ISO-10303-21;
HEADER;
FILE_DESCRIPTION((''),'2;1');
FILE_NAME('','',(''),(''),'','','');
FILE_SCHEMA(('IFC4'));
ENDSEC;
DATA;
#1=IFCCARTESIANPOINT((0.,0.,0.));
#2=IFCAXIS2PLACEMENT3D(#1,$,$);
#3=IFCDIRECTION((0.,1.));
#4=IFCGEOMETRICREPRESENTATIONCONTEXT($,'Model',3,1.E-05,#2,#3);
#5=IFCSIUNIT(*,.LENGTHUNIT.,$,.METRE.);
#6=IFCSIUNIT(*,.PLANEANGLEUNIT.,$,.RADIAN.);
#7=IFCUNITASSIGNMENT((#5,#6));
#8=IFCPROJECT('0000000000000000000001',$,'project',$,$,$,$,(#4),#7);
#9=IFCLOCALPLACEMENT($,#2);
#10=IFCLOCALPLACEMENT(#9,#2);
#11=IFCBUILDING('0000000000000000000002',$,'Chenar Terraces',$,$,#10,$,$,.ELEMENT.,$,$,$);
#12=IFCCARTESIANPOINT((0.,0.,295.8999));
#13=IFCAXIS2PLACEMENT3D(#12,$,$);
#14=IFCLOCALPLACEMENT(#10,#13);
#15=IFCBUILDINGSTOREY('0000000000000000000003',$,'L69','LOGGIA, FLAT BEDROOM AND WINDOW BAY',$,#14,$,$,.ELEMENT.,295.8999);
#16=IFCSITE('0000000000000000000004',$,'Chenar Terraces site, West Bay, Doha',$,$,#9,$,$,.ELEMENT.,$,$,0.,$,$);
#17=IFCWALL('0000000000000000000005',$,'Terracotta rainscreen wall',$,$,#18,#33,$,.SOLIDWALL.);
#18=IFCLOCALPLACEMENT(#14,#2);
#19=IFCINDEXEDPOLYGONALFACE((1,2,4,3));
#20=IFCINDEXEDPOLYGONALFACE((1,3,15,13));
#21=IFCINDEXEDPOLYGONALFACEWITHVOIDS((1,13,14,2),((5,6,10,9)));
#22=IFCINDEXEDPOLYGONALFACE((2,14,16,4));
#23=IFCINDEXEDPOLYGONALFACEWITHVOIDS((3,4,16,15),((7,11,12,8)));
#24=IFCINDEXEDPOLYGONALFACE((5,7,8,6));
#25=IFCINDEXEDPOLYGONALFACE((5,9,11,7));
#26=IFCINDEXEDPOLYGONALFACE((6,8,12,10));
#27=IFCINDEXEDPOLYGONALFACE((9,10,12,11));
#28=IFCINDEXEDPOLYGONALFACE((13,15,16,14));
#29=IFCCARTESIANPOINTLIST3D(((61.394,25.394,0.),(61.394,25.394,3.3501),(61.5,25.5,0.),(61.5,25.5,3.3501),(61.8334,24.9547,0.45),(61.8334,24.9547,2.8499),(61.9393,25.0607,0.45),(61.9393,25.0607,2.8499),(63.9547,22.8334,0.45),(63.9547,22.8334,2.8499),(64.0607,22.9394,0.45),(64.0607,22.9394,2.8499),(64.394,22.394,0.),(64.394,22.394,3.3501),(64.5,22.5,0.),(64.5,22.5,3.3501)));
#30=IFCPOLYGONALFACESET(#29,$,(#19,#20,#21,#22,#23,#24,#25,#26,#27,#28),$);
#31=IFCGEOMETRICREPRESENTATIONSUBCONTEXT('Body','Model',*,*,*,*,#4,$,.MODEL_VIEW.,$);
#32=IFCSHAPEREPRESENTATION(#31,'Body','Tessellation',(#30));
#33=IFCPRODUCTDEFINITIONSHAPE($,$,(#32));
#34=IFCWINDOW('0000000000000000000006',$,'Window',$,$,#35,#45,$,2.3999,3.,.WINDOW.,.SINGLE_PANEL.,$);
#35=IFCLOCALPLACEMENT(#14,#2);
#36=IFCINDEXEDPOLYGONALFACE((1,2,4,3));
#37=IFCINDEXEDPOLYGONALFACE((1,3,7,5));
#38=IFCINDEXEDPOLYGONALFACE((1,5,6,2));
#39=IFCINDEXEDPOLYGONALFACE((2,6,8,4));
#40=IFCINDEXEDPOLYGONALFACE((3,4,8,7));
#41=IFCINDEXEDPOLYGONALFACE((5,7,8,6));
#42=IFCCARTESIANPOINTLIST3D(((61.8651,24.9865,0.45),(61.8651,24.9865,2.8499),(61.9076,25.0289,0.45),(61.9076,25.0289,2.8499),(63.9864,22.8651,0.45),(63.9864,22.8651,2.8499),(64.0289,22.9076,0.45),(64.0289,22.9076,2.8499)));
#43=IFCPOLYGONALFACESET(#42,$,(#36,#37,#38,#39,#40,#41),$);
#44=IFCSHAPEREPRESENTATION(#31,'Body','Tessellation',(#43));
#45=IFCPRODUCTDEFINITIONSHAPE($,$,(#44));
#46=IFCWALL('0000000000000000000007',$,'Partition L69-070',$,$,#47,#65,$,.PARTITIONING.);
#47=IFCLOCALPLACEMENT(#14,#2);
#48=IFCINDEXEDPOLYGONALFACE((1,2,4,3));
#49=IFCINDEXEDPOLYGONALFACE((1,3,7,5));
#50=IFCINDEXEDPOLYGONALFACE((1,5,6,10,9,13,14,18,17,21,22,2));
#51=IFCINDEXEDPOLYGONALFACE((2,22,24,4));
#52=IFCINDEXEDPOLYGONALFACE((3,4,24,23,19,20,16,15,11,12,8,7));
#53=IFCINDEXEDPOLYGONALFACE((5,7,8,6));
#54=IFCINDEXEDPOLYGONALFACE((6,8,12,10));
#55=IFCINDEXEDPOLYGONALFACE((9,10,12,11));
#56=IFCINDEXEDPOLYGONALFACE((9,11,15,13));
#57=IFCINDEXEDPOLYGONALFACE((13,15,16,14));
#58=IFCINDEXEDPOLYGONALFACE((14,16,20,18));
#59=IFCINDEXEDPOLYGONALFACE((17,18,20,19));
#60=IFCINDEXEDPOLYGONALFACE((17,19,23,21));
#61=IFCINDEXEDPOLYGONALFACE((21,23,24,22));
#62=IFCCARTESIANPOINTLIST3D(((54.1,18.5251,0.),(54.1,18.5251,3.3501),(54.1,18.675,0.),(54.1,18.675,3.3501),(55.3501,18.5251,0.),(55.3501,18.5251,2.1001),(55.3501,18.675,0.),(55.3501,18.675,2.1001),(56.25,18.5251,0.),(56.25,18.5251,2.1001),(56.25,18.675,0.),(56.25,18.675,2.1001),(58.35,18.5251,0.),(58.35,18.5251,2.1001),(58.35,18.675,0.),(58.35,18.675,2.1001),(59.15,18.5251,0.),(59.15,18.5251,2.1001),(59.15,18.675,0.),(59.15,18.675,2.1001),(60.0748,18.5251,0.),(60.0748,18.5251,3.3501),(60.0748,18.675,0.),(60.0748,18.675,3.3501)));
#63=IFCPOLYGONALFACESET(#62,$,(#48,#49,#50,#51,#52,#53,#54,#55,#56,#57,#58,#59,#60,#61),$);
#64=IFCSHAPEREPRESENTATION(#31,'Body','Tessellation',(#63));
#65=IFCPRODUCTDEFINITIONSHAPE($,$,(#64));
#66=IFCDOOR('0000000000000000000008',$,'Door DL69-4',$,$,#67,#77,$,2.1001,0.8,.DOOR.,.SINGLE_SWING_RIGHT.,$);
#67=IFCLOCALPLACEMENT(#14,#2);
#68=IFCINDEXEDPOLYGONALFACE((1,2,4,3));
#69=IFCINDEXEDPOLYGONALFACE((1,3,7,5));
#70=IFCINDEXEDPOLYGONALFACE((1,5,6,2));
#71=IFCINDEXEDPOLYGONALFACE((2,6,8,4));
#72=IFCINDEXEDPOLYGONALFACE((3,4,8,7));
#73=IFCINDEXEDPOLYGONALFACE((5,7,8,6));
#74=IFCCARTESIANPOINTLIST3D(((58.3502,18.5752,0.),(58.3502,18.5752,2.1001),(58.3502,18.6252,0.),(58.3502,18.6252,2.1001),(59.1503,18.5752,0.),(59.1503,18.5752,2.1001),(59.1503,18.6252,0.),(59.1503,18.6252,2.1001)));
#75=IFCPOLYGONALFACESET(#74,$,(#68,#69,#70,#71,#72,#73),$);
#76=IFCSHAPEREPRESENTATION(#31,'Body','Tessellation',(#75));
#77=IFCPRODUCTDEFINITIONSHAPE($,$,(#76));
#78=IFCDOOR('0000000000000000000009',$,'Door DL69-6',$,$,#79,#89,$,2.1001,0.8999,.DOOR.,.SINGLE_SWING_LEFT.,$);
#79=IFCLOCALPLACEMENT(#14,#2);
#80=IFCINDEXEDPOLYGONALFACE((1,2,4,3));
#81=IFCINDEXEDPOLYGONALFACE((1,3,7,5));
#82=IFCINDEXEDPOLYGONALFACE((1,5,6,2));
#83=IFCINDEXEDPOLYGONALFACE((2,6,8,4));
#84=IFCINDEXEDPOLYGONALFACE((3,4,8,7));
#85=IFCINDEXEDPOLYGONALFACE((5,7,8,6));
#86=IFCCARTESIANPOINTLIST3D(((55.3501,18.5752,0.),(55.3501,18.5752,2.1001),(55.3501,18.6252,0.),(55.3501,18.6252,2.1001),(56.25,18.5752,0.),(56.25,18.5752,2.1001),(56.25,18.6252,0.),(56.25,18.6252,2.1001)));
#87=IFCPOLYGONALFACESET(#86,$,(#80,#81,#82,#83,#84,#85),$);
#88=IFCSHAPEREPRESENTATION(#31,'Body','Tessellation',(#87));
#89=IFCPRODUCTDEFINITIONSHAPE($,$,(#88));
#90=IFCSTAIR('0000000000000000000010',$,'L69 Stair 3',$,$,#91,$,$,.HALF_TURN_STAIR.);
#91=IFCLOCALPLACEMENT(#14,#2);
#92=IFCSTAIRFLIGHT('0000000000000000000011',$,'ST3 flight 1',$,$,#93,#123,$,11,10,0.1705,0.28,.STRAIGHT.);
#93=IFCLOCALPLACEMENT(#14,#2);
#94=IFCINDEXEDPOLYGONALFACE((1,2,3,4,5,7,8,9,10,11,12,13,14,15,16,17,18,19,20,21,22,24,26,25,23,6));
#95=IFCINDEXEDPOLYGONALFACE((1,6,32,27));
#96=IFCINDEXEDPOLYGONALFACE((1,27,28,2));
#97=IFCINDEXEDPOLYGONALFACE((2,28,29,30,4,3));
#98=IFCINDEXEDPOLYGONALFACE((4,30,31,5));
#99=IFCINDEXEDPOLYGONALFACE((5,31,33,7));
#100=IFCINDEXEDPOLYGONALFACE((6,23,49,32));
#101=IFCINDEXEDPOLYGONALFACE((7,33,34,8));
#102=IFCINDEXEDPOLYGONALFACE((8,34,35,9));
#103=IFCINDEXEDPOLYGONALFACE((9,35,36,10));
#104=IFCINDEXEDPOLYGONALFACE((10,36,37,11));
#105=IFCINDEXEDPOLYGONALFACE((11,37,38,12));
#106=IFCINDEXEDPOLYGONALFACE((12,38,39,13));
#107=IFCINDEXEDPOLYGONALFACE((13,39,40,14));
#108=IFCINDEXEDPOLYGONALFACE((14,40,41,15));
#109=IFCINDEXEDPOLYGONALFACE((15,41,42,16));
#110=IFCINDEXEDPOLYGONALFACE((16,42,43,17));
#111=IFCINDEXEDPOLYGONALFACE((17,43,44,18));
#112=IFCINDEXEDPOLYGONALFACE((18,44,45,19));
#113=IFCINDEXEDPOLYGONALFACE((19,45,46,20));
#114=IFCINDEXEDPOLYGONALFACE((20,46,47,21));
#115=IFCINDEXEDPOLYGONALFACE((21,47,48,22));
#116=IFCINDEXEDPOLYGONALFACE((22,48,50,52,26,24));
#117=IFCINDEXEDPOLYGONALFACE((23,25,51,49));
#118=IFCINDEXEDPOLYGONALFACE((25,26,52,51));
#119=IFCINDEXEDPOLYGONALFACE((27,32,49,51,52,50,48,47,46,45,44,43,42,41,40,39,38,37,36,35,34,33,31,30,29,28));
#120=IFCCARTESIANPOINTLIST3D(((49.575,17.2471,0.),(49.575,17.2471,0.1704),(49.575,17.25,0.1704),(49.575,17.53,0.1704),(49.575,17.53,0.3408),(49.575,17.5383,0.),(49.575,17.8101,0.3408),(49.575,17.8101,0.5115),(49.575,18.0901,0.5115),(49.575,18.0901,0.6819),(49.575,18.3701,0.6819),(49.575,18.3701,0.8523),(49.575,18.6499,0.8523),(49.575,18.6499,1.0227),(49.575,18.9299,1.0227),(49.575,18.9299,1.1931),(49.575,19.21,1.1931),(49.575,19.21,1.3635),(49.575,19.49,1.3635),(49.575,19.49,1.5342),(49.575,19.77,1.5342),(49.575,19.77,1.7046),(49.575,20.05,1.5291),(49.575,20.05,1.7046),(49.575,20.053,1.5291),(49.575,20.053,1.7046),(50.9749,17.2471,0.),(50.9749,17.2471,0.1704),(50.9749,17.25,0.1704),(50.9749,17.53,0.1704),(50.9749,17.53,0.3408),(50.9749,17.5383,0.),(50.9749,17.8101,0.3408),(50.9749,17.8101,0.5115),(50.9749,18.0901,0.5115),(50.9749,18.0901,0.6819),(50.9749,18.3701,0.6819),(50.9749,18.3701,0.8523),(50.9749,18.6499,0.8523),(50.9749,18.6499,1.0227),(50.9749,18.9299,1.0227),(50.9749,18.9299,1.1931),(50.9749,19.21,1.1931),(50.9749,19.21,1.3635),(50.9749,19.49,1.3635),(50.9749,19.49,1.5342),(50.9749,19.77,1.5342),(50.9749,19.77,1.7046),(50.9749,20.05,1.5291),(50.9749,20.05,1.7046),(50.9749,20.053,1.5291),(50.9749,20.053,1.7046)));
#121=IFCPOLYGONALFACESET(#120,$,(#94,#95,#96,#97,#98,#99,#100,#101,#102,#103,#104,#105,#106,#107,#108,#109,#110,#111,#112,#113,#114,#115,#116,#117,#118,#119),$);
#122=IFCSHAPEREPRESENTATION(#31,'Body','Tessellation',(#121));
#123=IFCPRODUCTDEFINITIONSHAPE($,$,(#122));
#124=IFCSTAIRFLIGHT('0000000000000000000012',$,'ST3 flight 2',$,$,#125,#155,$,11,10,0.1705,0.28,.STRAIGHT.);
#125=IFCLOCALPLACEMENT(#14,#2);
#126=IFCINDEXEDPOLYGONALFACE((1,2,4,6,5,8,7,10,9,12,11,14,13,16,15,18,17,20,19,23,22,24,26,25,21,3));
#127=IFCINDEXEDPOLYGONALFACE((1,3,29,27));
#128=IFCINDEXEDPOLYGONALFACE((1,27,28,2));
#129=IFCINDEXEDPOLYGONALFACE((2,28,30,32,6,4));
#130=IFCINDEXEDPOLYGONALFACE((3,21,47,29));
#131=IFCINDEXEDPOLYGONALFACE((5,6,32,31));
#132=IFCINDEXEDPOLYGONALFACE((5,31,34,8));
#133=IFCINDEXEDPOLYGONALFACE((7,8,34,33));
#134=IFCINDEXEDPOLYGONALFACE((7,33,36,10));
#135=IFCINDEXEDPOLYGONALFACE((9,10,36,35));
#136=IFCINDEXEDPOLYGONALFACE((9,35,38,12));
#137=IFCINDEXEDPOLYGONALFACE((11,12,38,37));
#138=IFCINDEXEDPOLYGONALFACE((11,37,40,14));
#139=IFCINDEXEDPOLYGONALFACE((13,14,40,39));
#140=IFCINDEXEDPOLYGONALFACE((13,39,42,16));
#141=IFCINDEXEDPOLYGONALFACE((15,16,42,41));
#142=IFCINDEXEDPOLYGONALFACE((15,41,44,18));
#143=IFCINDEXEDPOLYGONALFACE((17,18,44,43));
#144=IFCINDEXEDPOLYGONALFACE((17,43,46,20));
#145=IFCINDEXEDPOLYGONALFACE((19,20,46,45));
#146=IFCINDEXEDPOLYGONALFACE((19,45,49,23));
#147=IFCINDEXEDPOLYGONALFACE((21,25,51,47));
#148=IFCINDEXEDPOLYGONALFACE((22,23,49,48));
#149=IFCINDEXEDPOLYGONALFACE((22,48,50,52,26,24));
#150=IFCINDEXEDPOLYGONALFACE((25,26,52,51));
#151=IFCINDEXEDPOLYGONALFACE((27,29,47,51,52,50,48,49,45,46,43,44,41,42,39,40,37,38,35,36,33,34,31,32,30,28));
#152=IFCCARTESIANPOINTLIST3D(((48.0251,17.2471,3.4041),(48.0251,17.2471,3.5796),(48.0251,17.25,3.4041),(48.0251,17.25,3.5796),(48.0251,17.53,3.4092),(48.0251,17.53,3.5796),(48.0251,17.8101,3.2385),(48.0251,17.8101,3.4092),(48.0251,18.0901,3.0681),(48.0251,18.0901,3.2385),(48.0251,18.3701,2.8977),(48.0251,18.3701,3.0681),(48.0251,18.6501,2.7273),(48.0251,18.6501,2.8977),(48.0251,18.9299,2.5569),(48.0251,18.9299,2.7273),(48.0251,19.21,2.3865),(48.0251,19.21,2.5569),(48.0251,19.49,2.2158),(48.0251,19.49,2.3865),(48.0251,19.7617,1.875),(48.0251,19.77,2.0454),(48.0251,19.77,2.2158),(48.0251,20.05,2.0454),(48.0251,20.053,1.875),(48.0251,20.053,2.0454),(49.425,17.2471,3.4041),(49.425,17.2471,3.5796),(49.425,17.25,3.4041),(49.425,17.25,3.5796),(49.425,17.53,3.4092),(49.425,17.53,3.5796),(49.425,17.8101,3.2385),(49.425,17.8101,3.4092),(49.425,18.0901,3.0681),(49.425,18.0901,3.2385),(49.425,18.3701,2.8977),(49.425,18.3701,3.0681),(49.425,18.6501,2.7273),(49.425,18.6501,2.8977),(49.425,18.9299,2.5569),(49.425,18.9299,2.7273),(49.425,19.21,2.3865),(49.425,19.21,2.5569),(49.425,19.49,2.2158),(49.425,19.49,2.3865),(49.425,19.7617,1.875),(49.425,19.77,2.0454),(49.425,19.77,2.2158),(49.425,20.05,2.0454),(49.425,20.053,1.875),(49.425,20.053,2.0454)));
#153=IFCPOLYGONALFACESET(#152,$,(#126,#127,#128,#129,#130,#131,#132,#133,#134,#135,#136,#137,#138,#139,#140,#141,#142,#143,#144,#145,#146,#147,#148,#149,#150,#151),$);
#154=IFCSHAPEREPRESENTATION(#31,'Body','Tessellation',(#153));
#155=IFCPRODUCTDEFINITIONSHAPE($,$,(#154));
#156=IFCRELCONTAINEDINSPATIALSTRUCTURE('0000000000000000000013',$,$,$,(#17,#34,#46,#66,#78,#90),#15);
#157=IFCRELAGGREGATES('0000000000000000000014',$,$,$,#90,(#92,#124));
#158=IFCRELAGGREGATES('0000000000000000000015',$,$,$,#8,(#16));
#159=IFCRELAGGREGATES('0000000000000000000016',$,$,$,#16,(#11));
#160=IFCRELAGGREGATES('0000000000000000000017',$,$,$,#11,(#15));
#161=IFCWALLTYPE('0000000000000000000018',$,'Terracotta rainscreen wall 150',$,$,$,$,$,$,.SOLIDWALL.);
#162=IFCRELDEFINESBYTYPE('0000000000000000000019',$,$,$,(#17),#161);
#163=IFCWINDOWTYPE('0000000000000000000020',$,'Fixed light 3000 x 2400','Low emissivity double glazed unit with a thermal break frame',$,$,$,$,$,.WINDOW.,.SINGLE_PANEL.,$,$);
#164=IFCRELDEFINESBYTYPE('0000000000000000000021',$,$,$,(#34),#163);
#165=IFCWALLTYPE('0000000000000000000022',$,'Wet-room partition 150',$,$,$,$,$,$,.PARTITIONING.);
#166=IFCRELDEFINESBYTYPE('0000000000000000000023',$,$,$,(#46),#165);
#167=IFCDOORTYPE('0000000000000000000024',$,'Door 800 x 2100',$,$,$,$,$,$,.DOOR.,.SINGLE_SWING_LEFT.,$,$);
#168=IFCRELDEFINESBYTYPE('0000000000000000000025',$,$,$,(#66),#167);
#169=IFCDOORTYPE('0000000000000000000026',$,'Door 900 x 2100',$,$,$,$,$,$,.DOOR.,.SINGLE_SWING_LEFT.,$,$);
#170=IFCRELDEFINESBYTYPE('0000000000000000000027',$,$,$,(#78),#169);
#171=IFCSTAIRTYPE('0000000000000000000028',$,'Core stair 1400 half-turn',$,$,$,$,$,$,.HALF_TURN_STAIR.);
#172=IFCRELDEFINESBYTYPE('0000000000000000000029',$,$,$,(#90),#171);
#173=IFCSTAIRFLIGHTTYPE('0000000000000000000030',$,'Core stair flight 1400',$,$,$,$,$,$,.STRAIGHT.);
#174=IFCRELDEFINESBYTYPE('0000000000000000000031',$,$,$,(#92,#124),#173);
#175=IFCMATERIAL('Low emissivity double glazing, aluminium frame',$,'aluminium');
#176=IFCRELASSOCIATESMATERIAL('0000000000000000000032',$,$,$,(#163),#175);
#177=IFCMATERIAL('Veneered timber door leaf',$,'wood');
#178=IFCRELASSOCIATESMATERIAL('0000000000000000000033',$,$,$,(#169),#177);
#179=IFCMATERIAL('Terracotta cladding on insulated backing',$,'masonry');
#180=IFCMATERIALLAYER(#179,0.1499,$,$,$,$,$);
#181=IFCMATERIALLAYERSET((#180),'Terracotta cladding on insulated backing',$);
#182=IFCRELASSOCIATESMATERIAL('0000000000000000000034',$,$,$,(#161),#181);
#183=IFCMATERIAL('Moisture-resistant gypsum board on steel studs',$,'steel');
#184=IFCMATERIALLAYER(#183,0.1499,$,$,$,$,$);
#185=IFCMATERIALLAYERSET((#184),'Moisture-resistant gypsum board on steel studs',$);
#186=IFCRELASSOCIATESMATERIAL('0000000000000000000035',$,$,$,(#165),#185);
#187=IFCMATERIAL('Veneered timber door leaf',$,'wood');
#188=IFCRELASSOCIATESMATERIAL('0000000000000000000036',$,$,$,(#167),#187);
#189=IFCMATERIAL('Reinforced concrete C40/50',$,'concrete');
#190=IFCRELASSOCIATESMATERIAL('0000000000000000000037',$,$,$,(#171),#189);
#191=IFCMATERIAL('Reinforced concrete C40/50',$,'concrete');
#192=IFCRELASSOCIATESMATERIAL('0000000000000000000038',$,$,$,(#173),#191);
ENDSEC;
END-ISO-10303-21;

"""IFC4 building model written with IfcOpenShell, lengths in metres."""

from ifc_helpers import new_model, si_unit, direction, frame, frame_2d, origin, place, context, subcontext, project, spatial, polyline, rectangle, outline, extrude, material, layer, layer_set, type_object, element, fill, aggregate, save


model = new_model("IFC4")

# Units and contexts
model_context = context("Model", 3, precision=1e-05, world=origin(), true_north=direction((0.0, 1.0)))
body_context = subcontext(model_context, "Body", "Model", "MODEL_VIEW")
ifc_project = project(units=[si_unit("LENGTHUNIT", "METRE"), si_unit("PLANEANGLEUNIT", "RADIAN")], contexts=[model_context])

# Site, building, storey
site_placement = place(None, origin())
site = spatial("IfcSite", under=ifc_project, at=site_placement, Name="Chenar Terraces site, West Bay, Doha", CompositionType="ELEMENT", RefElevation=0.0)
building_placement = place(site_placement, origin())
building = spatial("IfcBuilding", under=site, at=building_placement, Name="Chenar Terraces", CompositionType="ELEMENT")
storey_placement = place(building_placement, frame((0.0, 0.0, 295.8999)))
storey = spatial("IfcBuildingStorey", under=building, at=storey_placement, Name="L69", Description="LOGGIA, FLAT BEDROOM AND WINDOW BAY", CompositionType="ELEMENT", Elevation=295.8999)

# Shared definitions
ifc_material_1 = material(Name="Low emissivity double glazing, aluminium frame", Category="aluminium")
window_type_1 = type_object("IfcWindowType", Name="Fixed light 3000 x 2400", Description="Low emissivity double glazed unit with a thermal break frame", PartitioningType="SINGLE_PANEL", PredefinedType="WINDOW", material=ifc_material_1)

# Shared definitions
ifc_material_2 = material(Name="Veneered timber door leaf", Category="wood")
door_type_1 = type_object("IfcDoorType", Name="Door 900 x 2100", OperationType="SINGLE_SWING_LEFT", PredefinedType="DOOR", material=ifc_material_2)

# Wall, opening, window
ifc_material_3 = material(Name="Terracotta cladding on insulated backing", Category="masonry")
ifc_layer_1 = layer(ifc_material_3, 0.1499)
ifc_layer_set_1 = layer_set([ifc_layer_1], Name="Terracotta cladding on insulated backing")
wall_type_1 = type_object("IfcWallType", Name="Terracotta rainscreen wall 150", PredefinedType="SOLIDWALL", material=ifc_layer_set_1)
wall_1_placement = place(storey_placement, frame((64.447, 22.447, 0.0), z_axis=(0.0, 0.0, 1.0), x_axis=(-0.707107, 0.707107, 0.0)))
wall_1 = element("IfcWall", 1, at=wall_1_placement, inside=storey, type_object=wall_type_1, Name="Terracotta rainscreen wall", PredefinedType="SOLIDWALL", context=body_context, shape_type="SweptSolid", body=[
    extrude(rectangle(XDim=4.2427, YDim=0.1499, at=frame_2d((2.1213, 0.0))), origin(), (0.0, 0.0, 1.0), 3.3501),
])
opening_1_placement = place(wall_1_placement, frame((0.6213, 0.0, 0.45)))
opening_1 = element("IfcOpeningElement", 2, at=opening_1_placement, cuts=wall_1, PredefinedType="OPENING", context=body_context, shape_type="SweptSolid", body=[
    extrude(rectangle(XDim=3.0, YDim=2.3999, at=frame_2d((1.5, 1.2))), frame((0.0, 0.085, 0.0), z_axis=(0.0, -1.0, 0.0), x_axis=(1.0, 0.0, 0.0)), (0.0, 0.0, 1.0), 0.1699),
])
window_1_placement = place(opening_1_placement, origin())
window_1 = element("IfcWindow", 3, at=window_1_placement, inside=storey, type_object=window_type_1, Name="Window", OverallHeight=2.3999, OverallWidth=3.0, PartitioningType="SINGLE_PANEL", PredefinedType="WINDOW", context=body_context, shape_type="SweptSolid", body=[
    extrude(rectangle(XDim=3.0, YDim=2.3999, at=frame_2d((1.5, 1.2))), frame((0.0, 0.03, 0.0), z_axis=(0.0, -1.0, 0.0), x_axis=(1.0, 0.0, 0.0)), (0.0, 0.0, 1.0), 0.0601),
])
fill(opening_1, window_1)

# Wall, openings, doors
ifc_material_4 = material(Name="Moisture-resistant gypsum board on steel studs", Category="steel")
ifc_layer_2 = layer(ifc_material_4, 0.1499)
ifc_layer_set_2 = layer_set([ifc_layer_2], Name="Moisture-resistant gypsum board on steel studs")
wall_type_2 = type_object("IfcWallType", Name="Wet-room partition 150", PredefinedType="PARTITIONING", material=ifc_layer_set_2)
wall_2_placement = place(storey_placement, frame((54.1001, 18.6001, 0.0), z_axis=(0.0, 0.0, 1.0), x_axis=(1.0, 0.0, 0.0)))
wall_2 = element("IfcWall", 4, at=wall_2_placement, inside=storey, type_object=wall_type_2, Name="Partition L69-070", PredefinedType="PARTITIONING", context=body_context, shape_type="SweptSolid", body=[
    extrude(rectangle(XDim=5.9749, YDim=0.1499, at=frame_2d((2.9873, 0.0))), origin(), (0.0, 0.0, 1.0), 3.3501),
])
opening_2_placement = place(wall_2_placement, frame((4.25, 0.0, 0.0)))
opening_2 = element("IfcOpeningElement", 5, at=opening_2_placement, cuts=wall_2, PredefinedType="OPENING", context=body_context, shape_type="SweptSolid", body=[
    extrude(rectangle(XDim=0.8, YDim=2.1001, at=frame_2d((0.3999, 1.05))), frame((0.0, 0.085, 0.0), z_axis=(0.0, -1.0, 0.0), x_axis=(1.0, 0.0, 0.0)), (0.0, 0.0, 1.0), 0.1699),
])
opening_3_placement = place(wall_2_placement, frame((1.25, 0.0, 0.0)))
opening_3 = element("IfcOpeningElement", 6, at=opening_3_placement, cuts=wall_2, PredefinedType="OPENING", context=body_context, shape_type="SweptSolid", body=[
    extrude(rectangle(XDim=0.8999, YDim=2.1001, at=frame_2d((0.45, 1.05))), frame((0.0, 0.085, 0.0), z_axis=(0.0, -1.0, 0.0), x_axis=(1.0, 0.0, 0.0)), (0.0, 0.0, 1.0), 0.1699),
])
ifc_material_5 = material(Name="Veneered timber door leaf", Category="wood")
door_type_2 = type_object("IfcDoorType", Name="Door 800 x 2100", OperationType="SINGLE_SWING_LEFT", PredefinedType="DOOR", material=ifc_material_5)
door_1_placement = place(opening_2_placement, frame((0.8, 0.0, 0.0), z_axis=(0.0, 0.0, 1.0), x_axis=(-1.0, 0.0, 0.0)))
door_1 = element("IfcDoor", 7, at=door_1_placement, inside=storey, type_object=door_type_2, Name="Door DL69-4", OperationType="SINGLE_SWING_RIGHT", OverallHeight=2.1001, OverallWidth=0.8, PredefinedType="DOOR", context=body_context, shape_type="SweptSolid", body=[
    extrude(rectangle(XDim=0.8, YDim=2.1001, at=frame_2d((0.3999, 1.05))), frame((0.0, 0.0249, 0.0), z_axis=(0.0, -1.0, 0.0), x_axis=(1.0, 0.0, 0.0)), (0.0, 0.0, 1.0), 0.05),
])
fill(opening_2, door_1)
door_2_placement = place(opening_3_placement, frame((0.8999, 0.0, 0.0), z_axis=(0.0, 0.0, 1.0), x_axis=(-1.0, 0.0, 0.0)))
door_2 = element("IfcDoor", 8, at=door_2_placement, inside=storey, type_object=door_type_1, Name="Door DL69-6", OperationType="SINGLE_SWING_LEFT", OverallHeight=2.1001, OverallWidth=0.8999, PredefinedType="DOOR", context=body_context, shape_type="SweptSolid", body=[
    extrude(rectangle(XDim=0.8999, YDim=2.1001, at=frame_2d((0.45, 1.05))), frame((0.0, 0.0249, 0.0), z_axis=(0.0, -1.0, 0.0), x_axis=(1.0, 0.0, 0.0)), (0.0, 0.0, 1.0), 0.05),
])
fill(opening_3, door_2)

# Stair, stair flights
ifc_material_6 = material(Name="Reinforced concrete C40/50", Category="concrete")
stair_type = type_object("IfcStairType", Name="Core stair 1400 half-turn", PredefinedType="HALF_TURN_STAIR", material=ifc_material_6)
stair_placement = place(storey_placement, origin())
stair = element("IfcStair", 9, at=stair_placement, inside=storey, type_object=stair_type, Name="L69 Stair 3", PredefinedType="HALF_TURN_STAIR")
ifc_material_7 = material(Name="Reinforced concrete C40/50", Category="concrete")
stair_flight_type = type_object("IfcStairFlightType", Name="Core stair flight 1400", PredefinedType="STRAIGHT", material=ifc_material_7)
stair_flight_1_placement = place(storey_placement, frame((50.2749, 17.25, 0.0), z_axis=(0.0, 0.0, 1.0), x_axis=(0.0, 1.0, 0.0)))
stair_flight_1 = element("IfcStairFlight", 10, at=stair_flight_1_placement, type_object=stair_flight_type, Name="ST3 flight 1", NumberOfRisers=11, NumberOfTreads=10, PredefinedType="STRAIGHT", RiserHeight=0.1705, TreadLength=0.28, context=body_context, shape_type="SweptSolid", body=[
    extrude(outline(polyline([(-0.0029, 0.0), (-0.0029, 0.1704), (0.0, 0.1704), (0.28, 0.1704), (0.28, 0.3408), (0.5601, 0.3408), (0.5601, 0.5115), (0.8401, 0.5115), (0.8401, 0.6819), (1.1201, 0.6819), (1.1201, 0.8523), (1.3999, 0.8523), (1.3999, 1.0227), (1.6799, 1.0227), (1.6799, 1.1931), (1.96, 1.1931), (1.96, 1.3635), (2.24, 1.3635), (2.24, 1.5342), (2.52, 1.5342), (2.52, 1.7046), (2.8, 1.7046), (2.803, 1.7046), (2.803, 1.5291), (2.8, 1.5291), (0.2883, 0.0), (-0.0029, 0.0)])), frame((0.0, 0.7, 0.0), z_axis=(0.0, -1.0, 0.0), x_axis=(1.0, 0.0, 0.0)), (0.0, 0.0, 1.0), 1.3999),
])
stair_flight_2_placement = place(storey_placement, frame((48.7251, 20.05, 1.875), z_axis=(0.0, 0.0, 1.0), x_axis=(0.0, -1.0, 0.0)))
stair_flight_2 = element("IfcStairFlight", 11, at=stair_flight_2_placement, type_object=stair_flight_type, Name="ST3 flight 2", NumberOfRisers=11, NumberOfTreads=10, PredefinedType="STRAIGHT", RiserHeight=0.1705, TreadLength=0.28, context=body_context, shape_type="SweptSolid", body=[
    extrude(outline(polyline([(-0.0029, 0.0), (-0.0029, 0.1704), (0.0, 0.1704), (0.28, 0.1704), (0.28, 0.3408), (0.5601, 0.3408), (0.5601, 0.5115), (0.8401, 0.5115), (0.8401, 0.6819), (1.1201, 0.6819), (1.1201, 0.8523), (1.3999, 0.8523), (1.3999, 1.0227), (1.6799, 1.0227), (1.6799, 1.1931), (1.96, 1.1931), (1.96, 1.3635), (2.24, 1.3635), (2.24, 1.5342), (2.52, 1.5342), (2.52, 1.7046), (2.8, 1.7046), (2.803, 1.7046), (2.803, 1.5291), (2.8, 1.5291), (0.2883, 0.0), (-0.0029, 0.0)])), frame((0.0, 0.7, 0.0), z_axis=(0.0, -1.0, 0.0), x_axis=(1.0, 0.0, 0.0)), (0.0, 0.0, 1.0), 1.3999),
])
aggregate(stair, [stair_flight_1, stair_flight_2])

save(model, "model.ifc")
